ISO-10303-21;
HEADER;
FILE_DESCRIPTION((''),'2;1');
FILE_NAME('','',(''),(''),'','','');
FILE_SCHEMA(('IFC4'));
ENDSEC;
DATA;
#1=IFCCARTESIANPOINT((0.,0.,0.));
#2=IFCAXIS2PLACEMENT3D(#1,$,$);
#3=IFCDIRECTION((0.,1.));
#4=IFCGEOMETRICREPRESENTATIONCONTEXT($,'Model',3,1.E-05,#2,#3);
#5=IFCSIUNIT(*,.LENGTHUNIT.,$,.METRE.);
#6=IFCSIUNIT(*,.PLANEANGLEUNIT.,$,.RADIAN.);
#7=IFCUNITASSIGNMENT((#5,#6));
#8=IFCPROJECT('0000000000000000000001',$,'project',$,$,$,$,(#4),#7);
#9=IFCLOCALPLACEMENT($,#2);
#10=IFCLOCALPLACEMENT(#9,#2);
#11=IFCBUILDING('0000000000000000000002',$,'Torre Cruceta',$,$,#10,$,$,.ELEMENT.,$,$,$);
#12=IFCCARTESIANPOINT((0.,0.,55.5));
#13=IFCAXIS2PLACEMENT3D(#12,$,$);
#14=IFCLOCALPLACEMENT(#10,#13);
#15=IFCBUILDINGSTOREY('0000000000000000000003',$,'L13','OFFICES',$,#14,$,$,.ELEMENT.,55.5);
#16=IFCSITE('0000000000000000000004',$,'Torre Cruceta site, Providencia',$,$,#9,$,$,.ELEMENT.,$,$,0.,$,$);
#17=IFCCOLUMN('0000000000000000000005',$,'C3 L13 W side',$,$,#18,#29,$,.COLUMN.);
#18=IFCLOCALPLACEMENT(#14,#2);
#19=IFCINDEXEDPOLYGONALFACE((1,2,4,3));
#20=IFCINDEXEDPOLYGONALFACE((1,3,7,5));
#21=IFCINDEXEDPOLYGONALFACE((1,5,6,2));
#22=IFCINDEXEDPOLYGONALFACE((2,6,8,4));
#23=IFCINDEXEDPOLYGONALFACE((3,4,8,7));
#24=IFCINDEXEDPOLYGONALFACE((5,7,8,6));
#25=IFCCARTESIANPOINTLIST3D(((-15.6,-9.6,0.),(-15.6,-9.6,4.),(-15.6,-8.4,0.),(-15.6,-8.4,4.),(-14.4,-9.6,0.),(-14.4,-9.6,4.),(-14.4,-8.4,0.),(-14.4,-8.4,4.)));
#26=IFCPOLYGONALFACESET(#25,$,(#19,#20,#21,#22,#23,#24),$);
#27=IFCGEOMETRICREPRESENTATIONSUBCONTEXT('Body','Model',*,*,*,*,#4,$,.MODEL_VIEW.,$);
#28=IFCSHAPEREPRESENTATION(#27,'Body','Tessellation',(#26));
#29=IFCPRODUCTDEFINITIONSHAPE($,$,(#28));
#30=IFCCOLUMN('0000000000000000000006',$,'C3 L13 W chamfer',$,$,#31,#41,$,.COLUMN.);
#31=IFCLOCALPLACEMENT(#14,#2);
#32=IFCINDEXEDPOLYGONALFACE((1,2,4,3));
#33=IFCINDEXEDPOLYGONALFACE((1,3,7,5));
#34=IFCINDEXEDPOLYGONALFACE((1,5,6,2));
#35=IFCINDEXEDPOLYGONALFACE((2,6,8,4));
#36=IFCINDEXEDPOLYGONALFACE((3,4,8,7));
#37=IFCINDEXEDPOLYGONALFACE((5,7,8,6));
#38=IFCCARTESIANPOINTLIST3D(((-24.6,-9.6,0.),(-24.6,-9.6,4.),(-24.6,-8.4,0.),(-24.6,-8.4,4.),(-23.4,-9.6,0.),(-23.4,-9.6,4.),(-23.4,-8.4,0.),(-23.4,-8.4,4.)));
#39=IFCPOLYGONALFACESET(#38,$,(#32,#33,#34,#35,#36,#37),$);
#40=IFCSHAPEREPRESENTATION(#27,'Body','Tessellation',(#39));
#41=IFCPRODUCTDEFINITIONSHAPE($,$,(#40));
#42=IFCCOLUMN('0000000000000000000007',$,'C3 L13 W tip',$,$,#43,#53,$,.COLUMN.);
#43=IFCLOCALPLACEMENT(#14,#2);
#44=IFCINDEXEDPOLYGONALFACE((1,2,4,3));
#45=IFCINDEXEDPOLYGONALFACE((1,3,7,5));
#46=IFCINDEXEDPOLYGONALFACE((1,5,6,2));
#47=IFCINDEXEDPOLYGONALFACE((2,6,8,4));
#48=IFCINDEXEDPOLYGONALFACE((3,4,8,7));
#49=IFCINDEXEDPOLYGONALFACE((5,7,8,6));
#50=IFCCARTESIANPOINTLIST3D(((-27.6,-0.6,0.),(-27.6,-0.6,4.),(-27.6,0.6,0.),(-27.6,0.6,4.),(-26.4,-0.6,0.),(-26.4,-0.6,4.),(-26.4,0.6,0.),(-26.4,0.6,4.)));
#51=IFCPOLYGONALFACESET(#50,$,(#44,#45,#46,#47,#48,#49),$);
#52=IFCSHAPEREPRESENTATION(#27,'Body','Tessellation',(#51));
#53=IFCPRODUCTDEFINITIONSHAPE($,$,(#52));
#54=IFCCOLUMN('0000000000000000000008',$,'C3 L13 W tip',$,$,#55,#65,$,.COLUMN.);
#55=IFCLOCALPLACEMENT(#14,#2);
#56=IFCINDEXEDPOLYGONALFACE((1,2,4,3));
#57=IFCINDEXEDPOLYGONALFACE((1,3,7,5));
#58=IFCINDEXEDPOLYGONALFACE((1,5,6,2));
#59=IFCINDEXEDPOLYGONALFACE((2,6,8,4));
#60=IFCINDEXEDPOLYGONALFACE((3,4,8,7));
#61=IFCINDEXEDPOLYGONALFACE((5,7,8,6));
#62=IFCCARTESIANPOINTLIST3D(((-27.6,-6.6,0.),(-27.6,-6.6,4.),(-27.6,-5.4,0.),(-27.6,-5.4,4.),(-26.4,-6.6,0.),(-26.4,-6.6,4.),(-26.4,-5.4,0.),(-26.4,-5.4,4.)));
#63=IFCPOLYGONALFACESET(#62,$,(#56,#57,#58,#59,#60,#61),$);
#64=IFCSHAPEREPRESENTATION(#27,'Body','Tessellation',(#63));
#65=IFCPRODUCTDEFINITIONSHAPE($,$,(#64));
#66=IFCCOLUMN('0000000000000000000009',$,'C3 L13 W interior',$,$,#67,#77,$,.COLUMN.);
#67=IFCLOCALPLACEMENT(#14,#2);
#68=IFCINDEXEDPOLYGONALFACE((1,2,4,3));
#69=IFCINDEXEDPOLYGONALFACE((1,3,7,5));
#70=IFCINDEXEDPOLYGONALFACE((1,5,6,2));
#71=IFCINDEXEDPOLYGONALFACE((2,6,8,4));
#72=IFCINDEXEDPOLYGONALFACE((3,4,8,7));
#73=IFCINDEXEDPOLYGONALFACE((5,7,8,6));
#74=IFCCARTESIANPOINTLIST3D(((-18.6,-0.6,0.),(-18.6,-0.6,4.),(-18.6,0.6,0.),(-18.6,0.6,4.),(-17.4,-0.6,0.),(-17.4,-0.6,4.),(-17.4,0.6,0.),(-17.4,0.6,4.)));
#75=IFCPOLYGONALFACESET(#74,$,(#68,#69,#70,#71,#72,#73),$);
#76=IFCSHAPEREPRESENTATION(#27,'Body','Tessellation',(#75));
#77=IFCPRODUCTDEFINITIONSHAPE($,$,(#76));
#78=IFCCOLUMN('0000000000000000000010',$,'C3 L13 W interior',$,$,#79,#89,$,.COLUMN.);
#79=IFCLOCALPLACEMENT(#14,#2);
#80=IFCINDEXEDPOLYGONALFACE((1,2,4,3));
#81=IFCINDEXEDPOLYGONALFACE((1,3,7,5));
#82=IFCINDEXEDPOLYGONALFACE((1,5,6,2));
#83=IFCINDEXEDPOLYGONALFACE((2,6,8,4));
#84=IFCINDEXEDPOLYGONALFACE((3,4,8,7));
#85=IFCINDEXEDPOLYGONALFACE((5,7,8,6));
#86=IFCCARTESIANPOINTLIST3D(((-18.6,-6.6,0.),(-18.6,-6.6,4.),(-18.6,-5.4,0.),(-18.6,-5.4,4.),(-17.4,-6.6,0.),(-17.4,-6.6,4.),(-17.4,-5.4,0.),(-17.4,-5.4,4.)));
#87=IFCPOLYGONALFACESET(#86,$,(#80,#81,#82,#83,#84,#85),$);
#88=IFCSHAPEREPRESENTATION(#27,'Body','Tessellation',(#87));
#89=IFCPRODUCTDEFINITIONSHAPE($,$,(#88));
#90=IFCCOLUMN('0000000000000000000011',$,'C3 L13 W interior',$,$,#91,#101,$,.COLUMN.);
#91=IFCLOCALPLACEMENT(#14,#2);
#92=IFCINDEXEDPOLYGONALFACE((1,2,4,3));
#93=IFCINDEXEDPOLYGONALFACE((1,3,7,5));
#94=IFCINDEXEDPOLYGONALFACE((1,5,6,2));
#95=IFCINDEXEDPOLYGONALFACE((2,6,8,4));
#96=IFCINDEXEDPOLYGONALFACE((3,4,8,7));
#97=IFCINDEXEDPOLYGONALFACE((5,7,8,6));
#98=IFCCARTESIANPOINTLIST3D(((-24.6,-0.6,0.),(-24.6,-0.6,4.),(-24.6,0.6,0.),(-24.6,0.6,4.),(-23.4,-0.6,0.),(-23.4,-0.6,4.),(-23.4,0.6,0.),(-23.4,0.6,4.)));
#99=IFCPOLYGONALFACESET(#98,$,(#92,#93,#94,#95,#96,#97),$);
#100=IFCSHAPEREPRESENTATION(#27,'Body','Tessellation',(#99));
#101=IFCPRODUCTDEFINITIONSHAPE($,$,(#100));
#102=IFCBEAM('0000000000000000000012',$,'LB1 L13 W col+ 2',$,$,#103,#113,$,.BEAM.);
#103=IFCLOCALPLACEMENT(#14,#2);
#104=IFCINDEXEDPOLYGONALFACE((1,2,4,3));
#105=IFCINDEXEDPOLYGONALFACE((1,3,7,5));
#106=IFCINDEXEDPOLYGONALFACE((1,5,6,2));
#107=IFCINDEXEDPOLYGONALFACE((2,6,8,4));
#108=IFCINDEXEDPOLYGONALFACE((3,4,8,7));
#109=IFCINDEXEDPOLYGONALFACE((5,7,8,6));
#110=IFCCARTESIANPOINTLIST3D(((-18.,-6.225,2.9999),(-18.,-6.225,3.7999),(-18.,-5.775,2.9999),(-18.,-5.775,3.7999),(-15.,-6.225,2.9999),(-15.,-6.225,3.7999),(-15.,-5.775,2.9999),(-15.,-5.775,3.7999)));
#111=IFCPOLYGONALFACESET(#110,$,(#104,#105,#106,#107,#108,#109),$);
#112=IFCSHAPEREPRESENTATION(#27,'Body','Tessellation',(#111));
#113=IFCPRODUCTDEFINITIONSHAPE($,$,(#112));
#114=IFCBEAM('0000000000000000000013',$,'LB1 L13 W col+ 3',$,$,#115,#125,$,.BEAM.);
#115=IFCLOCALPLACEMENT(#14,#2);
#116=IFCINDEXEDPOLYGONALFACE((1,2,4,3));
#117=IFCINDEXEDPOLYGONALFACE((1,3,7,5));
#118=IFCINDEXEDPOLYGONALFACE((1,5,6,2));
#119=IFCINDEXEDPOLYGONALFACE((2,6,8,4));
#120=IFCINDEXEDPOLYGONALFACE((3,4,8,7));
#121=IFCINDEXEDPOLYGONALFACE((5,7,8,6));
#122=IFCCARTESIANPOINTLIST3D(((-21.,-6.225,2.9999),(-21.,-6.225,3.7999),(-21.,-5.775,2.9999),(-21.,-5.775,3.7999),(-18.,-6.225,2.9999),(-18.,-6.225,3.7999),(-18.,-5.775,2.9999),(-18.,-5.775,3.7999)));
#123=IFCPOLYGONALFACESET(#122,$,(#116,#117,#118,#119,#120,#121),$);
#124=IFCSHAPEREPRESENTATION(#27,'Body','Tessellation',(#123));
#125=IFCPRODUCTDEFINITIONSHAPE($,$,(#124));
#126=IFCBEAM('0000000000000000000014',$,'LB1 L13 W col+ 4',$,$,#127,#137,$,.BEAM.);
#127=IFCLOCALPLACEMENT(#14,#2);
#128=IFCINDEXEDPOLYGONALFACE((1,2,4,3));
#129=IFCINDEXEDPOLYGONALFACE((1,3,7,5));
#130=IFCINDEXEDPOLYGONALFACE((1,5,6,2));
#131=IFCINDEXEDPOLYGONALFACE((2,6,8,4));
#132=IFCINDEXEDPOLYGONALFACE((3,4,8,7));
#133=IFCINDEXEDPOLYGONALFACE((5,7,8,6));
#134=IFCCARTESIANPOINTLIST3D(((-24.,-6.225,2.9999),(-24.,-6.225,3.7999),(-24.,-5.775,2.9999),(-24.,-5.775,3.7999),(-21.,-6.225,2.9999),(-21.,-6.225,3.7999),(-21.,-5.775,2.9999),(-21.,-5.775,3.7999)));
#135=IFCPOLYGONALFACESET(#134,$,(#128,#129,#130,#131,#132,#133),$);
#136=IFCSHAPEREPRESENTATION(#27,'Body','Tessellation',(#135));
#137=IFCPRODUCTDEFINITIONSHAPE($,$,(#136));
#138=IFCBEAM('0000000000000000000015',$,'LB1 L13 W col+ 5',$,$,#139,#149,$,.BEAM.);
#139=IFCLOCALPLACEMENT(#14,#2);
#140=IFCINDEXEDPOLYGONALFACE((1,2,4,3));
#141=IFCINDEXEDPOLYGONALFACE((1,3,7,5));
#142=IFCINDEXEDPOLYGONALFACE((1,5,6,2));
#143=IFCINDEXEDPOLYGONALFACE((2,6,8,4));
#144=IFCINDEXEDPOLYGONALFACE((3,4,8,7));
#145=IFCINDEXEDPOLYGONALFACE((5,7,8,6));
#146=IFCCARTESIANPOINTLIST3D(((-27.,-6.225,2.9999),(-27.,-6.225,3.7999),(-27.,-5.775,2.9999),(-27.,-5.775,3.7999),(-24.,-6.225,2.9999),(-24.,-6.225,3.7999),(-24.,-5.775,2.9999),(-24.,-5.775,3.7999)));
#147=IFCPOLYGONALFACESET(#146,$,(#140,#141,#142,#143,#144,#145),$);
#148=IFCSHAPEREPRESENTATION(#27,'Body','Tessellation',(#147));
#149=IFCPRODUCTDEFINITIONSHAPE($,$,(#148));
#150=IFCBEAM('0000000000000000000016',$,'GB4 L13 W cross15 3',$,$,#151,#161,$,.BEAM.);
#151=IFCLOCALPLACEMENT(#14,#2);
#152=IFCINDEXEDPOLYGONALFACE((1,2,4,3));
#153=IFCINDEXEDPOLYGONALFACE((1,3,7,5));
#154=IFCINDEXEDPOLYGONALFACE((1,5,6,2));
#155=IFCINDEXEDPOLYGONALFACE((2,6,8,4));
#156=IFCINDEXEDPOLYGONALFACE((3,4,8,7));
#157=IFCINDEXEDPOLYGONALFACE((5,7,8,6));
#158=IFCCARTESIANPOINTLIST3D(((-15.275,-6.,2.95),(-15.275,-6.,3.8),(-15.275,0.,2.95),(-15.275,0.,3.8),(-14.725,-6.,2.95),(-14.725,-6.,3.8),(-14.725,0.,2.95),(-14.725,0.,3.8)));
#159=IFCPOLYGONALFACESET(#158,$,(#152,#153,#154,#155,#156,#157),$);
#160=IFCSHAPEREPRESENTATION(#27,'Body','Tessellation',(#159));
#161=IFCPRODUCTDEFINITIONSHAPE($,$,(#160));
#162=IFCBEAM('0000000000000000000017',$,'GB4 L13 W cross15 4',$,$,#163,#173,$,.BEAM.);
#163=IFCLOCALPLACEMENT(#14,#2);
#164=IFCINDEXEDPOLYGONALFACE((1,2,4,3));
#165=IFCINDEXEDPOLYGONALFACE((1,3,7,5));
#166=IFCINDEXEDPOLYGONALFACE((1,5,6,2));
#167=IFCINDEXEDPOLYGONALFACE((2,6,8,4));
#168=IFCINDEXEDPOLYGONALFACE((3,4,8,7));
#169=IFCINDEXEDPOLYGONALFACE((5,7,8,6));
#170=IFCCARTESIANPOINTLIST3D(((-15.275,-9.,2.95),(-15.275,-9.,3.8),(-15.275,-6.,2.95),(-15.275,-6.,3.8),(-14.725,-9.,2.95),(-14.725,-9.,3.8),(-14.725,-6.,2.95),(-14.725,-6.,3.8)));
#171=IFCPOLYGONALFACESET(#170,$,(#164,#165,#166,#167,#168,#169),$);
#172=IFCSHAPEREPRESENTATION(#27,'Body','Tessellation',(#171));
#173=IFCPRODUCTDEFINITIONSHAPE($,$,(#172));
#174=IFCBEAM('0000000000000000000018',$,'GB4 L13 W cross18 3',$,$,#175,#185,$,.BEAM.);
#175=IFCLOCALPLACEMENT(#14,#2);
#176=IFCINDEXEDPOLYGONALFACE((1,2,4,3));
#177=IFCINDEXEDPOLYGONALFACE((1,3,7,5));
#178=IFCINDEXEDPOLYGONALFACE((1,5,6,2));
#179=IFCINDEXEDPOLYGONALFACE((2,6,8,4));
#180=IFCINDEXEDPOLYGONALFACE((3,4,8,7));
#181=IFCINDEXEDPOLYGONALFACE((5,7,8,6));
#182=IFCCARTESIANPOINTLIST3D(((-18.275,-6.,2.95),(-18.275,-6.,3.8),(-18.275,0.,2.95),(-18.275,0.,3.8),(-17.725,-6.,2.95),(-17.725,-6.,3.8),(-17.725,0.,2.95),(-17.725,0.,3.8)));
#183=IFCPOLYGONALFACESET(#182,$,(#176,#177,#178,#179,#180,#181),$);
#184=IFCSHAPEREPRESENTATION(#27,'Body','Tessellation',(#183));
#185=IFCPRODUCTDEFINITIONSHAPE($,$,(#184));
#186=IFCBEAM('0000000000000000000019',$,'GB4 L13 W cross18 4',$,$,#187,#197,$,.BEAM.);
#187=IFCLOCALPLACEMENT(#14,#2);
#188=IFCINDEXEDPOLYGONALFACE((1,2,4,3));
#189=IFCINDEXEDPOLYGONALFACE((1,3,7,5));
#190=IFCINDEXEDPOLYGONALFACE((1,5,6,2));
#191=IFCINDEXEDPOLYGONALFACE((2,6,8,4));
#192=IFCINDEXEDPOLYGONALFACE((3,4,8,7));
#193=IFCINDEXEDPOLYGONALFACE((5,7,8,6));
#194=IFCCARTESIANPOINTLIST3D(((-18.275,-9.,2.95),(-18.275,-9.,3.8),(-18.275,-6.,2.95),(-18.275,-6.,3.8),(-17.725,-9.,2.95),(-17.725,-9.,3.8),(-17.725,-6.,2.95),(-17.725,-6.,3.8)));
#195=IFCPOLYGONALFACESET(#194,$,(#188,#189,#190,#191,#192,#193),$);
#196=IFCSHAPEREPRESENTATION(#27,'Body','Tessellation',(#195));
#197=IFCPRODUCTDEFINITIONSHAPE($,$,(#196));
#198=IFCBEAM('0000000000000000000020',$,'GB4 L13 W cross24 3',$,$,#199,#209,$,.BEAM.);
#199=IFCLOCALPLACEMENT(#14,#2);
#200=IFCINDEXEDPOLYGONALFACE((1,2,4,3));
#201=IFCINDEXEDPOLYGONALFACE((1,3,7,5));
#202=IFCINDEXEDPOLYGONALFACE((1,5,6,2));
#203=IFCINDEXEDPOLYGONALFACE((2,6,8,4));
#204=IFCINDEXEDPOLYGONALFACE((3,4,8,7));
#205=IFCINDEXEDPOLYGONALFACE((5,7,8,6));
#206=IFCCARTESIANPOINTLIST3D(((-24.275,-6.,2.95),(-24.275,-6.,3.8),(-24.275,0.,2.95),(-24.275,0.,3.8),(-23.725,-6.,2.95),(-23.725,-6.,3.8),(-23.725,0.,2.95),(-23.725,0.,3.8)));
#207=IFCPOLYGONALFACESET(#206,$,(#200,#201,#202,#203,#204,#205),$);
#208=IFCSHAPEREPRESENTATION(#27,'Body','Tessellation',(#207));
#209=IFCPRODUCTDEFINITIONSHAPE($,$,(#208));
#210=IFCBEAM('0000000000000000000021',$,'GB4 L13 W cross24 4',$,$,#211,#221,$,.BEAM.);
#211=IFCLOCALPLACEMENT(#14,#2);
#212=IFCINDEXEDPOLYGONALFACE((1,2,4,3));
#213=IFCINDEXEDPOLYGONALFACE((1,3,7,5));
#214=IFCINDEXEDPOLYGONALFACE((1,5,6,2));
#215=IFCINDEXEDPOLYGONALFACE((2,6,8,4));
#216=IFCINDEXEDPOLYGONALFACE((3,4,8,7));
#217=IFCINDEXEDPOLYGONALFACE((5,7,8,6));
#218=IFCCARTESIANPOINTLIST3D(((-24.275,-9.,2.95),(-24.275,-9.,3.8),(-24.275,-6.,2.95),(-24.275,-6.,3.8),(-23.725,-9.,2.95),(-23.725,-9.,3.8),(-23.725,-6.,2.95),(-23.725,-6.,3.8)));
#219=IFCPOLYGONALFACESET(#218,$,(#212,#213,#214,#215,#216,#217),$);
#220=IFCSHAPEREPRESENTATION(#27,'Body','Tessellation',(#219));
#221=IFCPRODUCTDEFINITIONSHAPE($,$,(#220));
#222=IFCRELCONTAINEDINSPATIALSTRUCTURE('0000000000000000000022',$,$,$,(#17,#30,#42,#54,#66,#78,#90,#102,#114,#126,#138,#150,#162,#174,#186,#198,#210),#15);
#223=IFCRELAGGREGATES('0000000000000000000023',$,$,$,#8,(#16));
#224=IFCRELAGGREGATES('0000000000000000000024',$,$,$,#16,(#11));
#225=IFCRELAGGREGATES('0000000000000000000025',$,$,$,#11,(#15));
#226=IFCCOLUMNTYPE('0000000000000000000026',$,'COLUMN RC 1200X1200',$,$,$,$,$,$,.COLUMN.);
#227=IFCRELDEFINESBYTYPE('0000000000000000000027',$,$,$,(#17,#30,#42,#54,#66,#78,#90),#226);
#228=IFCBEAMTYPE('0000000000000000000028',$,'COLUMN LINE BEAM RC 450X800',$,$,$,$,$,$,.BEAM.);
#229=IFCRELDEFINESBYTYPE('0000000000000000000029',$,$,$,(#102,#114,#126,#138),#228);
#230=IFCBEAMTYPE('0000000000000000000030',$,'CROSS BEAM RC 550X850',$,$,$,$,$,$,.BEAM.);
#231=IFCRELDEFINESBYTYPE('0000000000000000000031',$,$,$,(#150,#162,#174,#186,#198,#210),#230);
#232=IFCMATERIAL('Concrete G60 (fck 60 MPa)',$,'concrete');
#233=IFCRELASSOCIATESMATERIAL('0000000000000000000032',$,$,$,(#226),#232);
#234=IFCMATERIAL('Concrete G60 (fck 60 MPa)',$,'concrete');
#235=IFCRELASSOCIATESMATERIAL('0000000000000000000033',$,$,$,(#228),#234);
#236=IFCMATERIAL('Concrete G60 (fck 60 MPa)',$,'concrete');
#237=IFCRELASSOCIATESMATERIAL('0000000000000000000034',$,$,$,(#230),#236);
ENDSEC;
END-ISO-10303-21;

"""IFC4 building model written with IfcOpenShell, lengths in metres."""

from ifc_helpers import new_model, si_unit, direction, frame, origin, origin_2d, place, context, subcontext, project, spatial, rectangle, extrude, material, material_profile, profile_set, type_object, element, save


model = new_model("IFC4")

# Units and contexts
model_context = context("Model", 3, precision=1e-05, world=origin(), true_north=direction((0.0, 1.0)))
body_context = subcontext(model_context, "Body", "Model", "MODEL_VIEW")
ifc_project = project(units=[si_unit("LENGTHUNIT", "METRE"), si_unit("PLANEANGLEUNIT", "RADIAN")], contexts=[model_context])

# Site, building, storey
site_placement = place(None, origin())
site = spatial("IfcSite", under=ifc_project, at=site_placement, Name="Torre Cruceta site, Providencia", CompositionType="ELEMENT", RefElevation=0.0)
building_placement = place(site_placement, origin())
building = spatial("IfcBuilding", under=site, at=building_placement, Name="Torre Cruceta", CompositionType="ELEMENT")
storey_placement = place(building_placement, frame((0.0, 0.0, 55.5)))
storey = spatial("IfcBuildingStorey", under=building, at=storey_placement, Name="L13", Description="OFFICES", CompositionType="ELEMENT", Elevation=55.5)

# Columns
ifc_material_1 = material(Name="Concrete G60 (fck 60 MPa)", Category="concrete")
ifc_material_profile_1 = material_profile(ifc_material_1, rectangle(XDim=1.2, YDim=1.2, at=origin_2d()), Name="RC 1200X1200")
ifc_profile_set_1 = profile_set([ifc_material_profile_1], Name="Concrete G60 (fck 60 MPa)")
column_type = type_object("IfcColumnType", Name="COLUMN RC 1200X1200", PredefinedType="COLUMN", material=ifc_profile_set_1)
for number, where, z_axis, x_axis, name in (
    (1, (-15.0, -9.0, 0.0), (0.0, 0.0, 1.0), (1.0, 0.0, 0.0), "C3 L13 W side"),
    (2, (-24.0, -9.0, 0.0), (0.0, 0.0, 1.0), (1.0, 0.0, 0.0), "C3 L13 W chamfer"),
    (3, (-27.0, 0.0, 0.0), (0.0, 0.0, 1.0), (1.0, 0.0, 0.0), "C3 L13 W tip"),
    (4, (-27.0, -6.0, 0.0), (0.0, 0.0, 1.0), (1.0, 0.0, 0.0), "C3 L13 W tip"),
    (5, (-18.0, 0.0, 0.0), (0.0, 0.0, 1.0), (1.0, 0.0, 0.0), "C3 L13 W interior"),
    (6, (-18.0, -6.0, 0.0), (0.0, 0.0, 1.0), (1.0, 0.0, 0.0), "C3 L13 W interior"),
    (7, (-24.0, 0.0, 0.0), (0.0, 0.0, 1.0), (1.0, 0.0, 0.0), "C3 L13 W interior"),
):
    element("IfcColumn", number, at=place(storey_placement, frame(where, z_axis=z_axis, x_axis=x_axis)), inside=storey, type_object=column_type, Name=name, PredefinedType="COLUMN", context=body_context, shape_type="SweptSolid", body=[
        extrude(rectangle(XDim=1.2, YDim=1.2, at=origin_2d()), origin(), (0.0, 0.0, 1.0), 4.0),
    ])

# Beams
ifc_material_2 = material(Name="Concrete G60 (fck 60 MPa)", Category="concrete")
ifc_material_profile_2 = material_profile(ifc_material_2, rectangle(XDim=0.45, YDim=0.8, at=origin_2d()), Name="RC 450X800")
ifc_profile_set_2 = profile_set([ifc_material_profile_2], Name="Concrete G60 (fck 60 MPa)")
beam_type_1 = type_object("IfcBeamType", Name="COLUMN LINE BEAM RC 450X800", PredefinedType="BEAM", material=ifc_profile_set_2)
for number, where, z_axis, x_axis, name in (
    (8, (-15.0, -6.0, 3.3999), (-1.0, 0.0, 0.0), (0.0, -1.0, 0.0), "LB1 L13 W col+ 2"),
    (9, (-18.0, -6.0, 3.3999), (-1.0, 0.0, 0.0), (0.0, -1.0, 0.0), "LB1 L13 W col+ 3"),
    (10, (-21.0, -6.0, 3.3999), (-1.0, 0.0, 0.0), (0.0, -1.0, 0.0), "LB1 L13 W col+ 4"),
    (11, (-24.0, -6.0, 3.3999), (-1.0, 0.0, 0.0), (0.0, -1.0, 0.0), "LB1 L13 W col+ 5"),
):
    element("IfcBeam", number, at=place(storey_placement, frame(where, z_axis=z_axis, x_axis=x_axis)), inside=storey, type_object=beam_type_1, Name=name, PredefinedType="BEAM", context=body_context, shape_type="SweptSolid", body=[
        extrude(rectangle(XDim=0.45, YDim=0.8, at=origin_2d()), origin(), (0.0, 0.0, 1.0), 3.0),
    ])
ifc_material_3 = material(Name="Concrete G60 (fck 60 MPa)", Category="concrete")
ifc_material_profile_3 = material_profile(ifc_material_3, rectangle(XDim=0.55, YDim=0.8501, at=origin_2d()), Name="RC 550X850")
ifc_profile_set_3 = profile_set([ifc_material_profile_3], Name="Concrete G60 (fck 60 MPa)")
beam_type_2 = type_object("IfcBeamType", Name="CROSS BEAM RC 550X850", PredefinedType="BEAM", material=ifc_profile_set_3)
beam_1_placement = place(storey_placement, frame((-15.0, 0.0, 3.375), z_axis=(0.0, -1.0, 0.0), x_axis=(1.0, 0.0, 0.0)))
element("IfcBeam", 12, at=beam_1_placement, inside=storey, type_object=beam_type_2, Name="GB4 L13 W cross15 3", PredefinedType="BEAM", context=body_context, shape_type="SweptSolid", body=[
    extrude(rectangle(XDim=0.55, YDim=0.8501, at=origin_2d()), origin(), (0.0, 0.0, 1.0), 6.0),
])
beam_2_placement = place(storey_placement, frame((-15.0, -6.0, 3.375), z_axis=(0.0, -1.0, 0.0), x_axis=(1.0, 0.0, 0.0)))
element("IfcBeam", 13, at=beam_2_placement, inside=storey, type_object=beam_type_2, Name="GB4 L13 W cross15 4", PredefinedType="BEAM", context=body_context, shape_type="SweptSolid", body=[
    extrude(rectangle(XDim=0.55, YDim=0.8501, at=origin_2d()), origin(), (0.0, 0.0, 1.0), 3.0),
])
beam_3_placement = place(storey_placement, frame((-18.0, 0.0, 3.375), z_axis=(0.0, -1.0, 0.0), x_axis=(1.0, 0.0, 0.0)))
element("IfcBeam", 14, at=beam_3_placement, inside=storey, type_object=beam_type_2, Name="GB4 L13 W cross18 3", PredefinedType="BEAM", context=body_context, shape_type="SweptSolid", body=[
    extrude(rectangle(XDim=0.55, YDim=0.8501, at=origin_2d()), origin(), (0.0, 0.0, 1.0), 6.0),
])
beam_4_placement = place(storey_placement, frame((-18.0, -6.0, 3.375), z_axis=(0.0, -1.0, 0.0), x_axis=(1.0, 0.0, 0.0)))
element("IfcBeam", 15, at=beam_4_placement, inside=storey, type_object=beam_type_2, Name="GB4 L13 W cross18 4", PredefinedType="BEAM", context=body_context, shape_type="SweptSolid", body=[
    extrude(rectangle(XDim=0.55, YDim=0.8501, at=origin_2d()), origin(), (0.0, 0.0, 1.0), 3.0),
])
beam_5_placement = place(storey_placement, frame((-24.0, 0.0, 3.375), z_axis=(0.0, -1.0, 0.0), x_axis=(1.0, 0.0, 0.0)))
element("IfcBeam", 16, at=beam_5_placement, inside=storey, type_object=beam_type_2, Name="GB4 L13 W cross24 3", PredefinedType="BEAM", context=body_context, shape_type="SweptSolid", body=[
    extrude(rectangle(XDim=0.55, YDim=0.8501, at=origin_2d()), origin(), (0.0, 0.0, 1.0), 6.0),
])
beam_6_placement = place(storey_placement, frame((-24.0, -6.0, 3.375), z_axis=(0.0, -1.0, 0.0), x_axis=(1.0, 0.0, 0.0)))
element("IfcBeam", 17, at=beam_6_placement, inside=storey, type_object=beam_type_2, Name="GB4 L13 W cross24 4", PredefinedType="BEAM", context=body_context, shape_type="SweptSolid", body=[
    extrude(rectangle(XDim=0.55, YDim=0.8501, at=origin_2d()), origin(), (0.0, 0.0, 1.0), 3.0),
])

save(model, "model.ifc")
